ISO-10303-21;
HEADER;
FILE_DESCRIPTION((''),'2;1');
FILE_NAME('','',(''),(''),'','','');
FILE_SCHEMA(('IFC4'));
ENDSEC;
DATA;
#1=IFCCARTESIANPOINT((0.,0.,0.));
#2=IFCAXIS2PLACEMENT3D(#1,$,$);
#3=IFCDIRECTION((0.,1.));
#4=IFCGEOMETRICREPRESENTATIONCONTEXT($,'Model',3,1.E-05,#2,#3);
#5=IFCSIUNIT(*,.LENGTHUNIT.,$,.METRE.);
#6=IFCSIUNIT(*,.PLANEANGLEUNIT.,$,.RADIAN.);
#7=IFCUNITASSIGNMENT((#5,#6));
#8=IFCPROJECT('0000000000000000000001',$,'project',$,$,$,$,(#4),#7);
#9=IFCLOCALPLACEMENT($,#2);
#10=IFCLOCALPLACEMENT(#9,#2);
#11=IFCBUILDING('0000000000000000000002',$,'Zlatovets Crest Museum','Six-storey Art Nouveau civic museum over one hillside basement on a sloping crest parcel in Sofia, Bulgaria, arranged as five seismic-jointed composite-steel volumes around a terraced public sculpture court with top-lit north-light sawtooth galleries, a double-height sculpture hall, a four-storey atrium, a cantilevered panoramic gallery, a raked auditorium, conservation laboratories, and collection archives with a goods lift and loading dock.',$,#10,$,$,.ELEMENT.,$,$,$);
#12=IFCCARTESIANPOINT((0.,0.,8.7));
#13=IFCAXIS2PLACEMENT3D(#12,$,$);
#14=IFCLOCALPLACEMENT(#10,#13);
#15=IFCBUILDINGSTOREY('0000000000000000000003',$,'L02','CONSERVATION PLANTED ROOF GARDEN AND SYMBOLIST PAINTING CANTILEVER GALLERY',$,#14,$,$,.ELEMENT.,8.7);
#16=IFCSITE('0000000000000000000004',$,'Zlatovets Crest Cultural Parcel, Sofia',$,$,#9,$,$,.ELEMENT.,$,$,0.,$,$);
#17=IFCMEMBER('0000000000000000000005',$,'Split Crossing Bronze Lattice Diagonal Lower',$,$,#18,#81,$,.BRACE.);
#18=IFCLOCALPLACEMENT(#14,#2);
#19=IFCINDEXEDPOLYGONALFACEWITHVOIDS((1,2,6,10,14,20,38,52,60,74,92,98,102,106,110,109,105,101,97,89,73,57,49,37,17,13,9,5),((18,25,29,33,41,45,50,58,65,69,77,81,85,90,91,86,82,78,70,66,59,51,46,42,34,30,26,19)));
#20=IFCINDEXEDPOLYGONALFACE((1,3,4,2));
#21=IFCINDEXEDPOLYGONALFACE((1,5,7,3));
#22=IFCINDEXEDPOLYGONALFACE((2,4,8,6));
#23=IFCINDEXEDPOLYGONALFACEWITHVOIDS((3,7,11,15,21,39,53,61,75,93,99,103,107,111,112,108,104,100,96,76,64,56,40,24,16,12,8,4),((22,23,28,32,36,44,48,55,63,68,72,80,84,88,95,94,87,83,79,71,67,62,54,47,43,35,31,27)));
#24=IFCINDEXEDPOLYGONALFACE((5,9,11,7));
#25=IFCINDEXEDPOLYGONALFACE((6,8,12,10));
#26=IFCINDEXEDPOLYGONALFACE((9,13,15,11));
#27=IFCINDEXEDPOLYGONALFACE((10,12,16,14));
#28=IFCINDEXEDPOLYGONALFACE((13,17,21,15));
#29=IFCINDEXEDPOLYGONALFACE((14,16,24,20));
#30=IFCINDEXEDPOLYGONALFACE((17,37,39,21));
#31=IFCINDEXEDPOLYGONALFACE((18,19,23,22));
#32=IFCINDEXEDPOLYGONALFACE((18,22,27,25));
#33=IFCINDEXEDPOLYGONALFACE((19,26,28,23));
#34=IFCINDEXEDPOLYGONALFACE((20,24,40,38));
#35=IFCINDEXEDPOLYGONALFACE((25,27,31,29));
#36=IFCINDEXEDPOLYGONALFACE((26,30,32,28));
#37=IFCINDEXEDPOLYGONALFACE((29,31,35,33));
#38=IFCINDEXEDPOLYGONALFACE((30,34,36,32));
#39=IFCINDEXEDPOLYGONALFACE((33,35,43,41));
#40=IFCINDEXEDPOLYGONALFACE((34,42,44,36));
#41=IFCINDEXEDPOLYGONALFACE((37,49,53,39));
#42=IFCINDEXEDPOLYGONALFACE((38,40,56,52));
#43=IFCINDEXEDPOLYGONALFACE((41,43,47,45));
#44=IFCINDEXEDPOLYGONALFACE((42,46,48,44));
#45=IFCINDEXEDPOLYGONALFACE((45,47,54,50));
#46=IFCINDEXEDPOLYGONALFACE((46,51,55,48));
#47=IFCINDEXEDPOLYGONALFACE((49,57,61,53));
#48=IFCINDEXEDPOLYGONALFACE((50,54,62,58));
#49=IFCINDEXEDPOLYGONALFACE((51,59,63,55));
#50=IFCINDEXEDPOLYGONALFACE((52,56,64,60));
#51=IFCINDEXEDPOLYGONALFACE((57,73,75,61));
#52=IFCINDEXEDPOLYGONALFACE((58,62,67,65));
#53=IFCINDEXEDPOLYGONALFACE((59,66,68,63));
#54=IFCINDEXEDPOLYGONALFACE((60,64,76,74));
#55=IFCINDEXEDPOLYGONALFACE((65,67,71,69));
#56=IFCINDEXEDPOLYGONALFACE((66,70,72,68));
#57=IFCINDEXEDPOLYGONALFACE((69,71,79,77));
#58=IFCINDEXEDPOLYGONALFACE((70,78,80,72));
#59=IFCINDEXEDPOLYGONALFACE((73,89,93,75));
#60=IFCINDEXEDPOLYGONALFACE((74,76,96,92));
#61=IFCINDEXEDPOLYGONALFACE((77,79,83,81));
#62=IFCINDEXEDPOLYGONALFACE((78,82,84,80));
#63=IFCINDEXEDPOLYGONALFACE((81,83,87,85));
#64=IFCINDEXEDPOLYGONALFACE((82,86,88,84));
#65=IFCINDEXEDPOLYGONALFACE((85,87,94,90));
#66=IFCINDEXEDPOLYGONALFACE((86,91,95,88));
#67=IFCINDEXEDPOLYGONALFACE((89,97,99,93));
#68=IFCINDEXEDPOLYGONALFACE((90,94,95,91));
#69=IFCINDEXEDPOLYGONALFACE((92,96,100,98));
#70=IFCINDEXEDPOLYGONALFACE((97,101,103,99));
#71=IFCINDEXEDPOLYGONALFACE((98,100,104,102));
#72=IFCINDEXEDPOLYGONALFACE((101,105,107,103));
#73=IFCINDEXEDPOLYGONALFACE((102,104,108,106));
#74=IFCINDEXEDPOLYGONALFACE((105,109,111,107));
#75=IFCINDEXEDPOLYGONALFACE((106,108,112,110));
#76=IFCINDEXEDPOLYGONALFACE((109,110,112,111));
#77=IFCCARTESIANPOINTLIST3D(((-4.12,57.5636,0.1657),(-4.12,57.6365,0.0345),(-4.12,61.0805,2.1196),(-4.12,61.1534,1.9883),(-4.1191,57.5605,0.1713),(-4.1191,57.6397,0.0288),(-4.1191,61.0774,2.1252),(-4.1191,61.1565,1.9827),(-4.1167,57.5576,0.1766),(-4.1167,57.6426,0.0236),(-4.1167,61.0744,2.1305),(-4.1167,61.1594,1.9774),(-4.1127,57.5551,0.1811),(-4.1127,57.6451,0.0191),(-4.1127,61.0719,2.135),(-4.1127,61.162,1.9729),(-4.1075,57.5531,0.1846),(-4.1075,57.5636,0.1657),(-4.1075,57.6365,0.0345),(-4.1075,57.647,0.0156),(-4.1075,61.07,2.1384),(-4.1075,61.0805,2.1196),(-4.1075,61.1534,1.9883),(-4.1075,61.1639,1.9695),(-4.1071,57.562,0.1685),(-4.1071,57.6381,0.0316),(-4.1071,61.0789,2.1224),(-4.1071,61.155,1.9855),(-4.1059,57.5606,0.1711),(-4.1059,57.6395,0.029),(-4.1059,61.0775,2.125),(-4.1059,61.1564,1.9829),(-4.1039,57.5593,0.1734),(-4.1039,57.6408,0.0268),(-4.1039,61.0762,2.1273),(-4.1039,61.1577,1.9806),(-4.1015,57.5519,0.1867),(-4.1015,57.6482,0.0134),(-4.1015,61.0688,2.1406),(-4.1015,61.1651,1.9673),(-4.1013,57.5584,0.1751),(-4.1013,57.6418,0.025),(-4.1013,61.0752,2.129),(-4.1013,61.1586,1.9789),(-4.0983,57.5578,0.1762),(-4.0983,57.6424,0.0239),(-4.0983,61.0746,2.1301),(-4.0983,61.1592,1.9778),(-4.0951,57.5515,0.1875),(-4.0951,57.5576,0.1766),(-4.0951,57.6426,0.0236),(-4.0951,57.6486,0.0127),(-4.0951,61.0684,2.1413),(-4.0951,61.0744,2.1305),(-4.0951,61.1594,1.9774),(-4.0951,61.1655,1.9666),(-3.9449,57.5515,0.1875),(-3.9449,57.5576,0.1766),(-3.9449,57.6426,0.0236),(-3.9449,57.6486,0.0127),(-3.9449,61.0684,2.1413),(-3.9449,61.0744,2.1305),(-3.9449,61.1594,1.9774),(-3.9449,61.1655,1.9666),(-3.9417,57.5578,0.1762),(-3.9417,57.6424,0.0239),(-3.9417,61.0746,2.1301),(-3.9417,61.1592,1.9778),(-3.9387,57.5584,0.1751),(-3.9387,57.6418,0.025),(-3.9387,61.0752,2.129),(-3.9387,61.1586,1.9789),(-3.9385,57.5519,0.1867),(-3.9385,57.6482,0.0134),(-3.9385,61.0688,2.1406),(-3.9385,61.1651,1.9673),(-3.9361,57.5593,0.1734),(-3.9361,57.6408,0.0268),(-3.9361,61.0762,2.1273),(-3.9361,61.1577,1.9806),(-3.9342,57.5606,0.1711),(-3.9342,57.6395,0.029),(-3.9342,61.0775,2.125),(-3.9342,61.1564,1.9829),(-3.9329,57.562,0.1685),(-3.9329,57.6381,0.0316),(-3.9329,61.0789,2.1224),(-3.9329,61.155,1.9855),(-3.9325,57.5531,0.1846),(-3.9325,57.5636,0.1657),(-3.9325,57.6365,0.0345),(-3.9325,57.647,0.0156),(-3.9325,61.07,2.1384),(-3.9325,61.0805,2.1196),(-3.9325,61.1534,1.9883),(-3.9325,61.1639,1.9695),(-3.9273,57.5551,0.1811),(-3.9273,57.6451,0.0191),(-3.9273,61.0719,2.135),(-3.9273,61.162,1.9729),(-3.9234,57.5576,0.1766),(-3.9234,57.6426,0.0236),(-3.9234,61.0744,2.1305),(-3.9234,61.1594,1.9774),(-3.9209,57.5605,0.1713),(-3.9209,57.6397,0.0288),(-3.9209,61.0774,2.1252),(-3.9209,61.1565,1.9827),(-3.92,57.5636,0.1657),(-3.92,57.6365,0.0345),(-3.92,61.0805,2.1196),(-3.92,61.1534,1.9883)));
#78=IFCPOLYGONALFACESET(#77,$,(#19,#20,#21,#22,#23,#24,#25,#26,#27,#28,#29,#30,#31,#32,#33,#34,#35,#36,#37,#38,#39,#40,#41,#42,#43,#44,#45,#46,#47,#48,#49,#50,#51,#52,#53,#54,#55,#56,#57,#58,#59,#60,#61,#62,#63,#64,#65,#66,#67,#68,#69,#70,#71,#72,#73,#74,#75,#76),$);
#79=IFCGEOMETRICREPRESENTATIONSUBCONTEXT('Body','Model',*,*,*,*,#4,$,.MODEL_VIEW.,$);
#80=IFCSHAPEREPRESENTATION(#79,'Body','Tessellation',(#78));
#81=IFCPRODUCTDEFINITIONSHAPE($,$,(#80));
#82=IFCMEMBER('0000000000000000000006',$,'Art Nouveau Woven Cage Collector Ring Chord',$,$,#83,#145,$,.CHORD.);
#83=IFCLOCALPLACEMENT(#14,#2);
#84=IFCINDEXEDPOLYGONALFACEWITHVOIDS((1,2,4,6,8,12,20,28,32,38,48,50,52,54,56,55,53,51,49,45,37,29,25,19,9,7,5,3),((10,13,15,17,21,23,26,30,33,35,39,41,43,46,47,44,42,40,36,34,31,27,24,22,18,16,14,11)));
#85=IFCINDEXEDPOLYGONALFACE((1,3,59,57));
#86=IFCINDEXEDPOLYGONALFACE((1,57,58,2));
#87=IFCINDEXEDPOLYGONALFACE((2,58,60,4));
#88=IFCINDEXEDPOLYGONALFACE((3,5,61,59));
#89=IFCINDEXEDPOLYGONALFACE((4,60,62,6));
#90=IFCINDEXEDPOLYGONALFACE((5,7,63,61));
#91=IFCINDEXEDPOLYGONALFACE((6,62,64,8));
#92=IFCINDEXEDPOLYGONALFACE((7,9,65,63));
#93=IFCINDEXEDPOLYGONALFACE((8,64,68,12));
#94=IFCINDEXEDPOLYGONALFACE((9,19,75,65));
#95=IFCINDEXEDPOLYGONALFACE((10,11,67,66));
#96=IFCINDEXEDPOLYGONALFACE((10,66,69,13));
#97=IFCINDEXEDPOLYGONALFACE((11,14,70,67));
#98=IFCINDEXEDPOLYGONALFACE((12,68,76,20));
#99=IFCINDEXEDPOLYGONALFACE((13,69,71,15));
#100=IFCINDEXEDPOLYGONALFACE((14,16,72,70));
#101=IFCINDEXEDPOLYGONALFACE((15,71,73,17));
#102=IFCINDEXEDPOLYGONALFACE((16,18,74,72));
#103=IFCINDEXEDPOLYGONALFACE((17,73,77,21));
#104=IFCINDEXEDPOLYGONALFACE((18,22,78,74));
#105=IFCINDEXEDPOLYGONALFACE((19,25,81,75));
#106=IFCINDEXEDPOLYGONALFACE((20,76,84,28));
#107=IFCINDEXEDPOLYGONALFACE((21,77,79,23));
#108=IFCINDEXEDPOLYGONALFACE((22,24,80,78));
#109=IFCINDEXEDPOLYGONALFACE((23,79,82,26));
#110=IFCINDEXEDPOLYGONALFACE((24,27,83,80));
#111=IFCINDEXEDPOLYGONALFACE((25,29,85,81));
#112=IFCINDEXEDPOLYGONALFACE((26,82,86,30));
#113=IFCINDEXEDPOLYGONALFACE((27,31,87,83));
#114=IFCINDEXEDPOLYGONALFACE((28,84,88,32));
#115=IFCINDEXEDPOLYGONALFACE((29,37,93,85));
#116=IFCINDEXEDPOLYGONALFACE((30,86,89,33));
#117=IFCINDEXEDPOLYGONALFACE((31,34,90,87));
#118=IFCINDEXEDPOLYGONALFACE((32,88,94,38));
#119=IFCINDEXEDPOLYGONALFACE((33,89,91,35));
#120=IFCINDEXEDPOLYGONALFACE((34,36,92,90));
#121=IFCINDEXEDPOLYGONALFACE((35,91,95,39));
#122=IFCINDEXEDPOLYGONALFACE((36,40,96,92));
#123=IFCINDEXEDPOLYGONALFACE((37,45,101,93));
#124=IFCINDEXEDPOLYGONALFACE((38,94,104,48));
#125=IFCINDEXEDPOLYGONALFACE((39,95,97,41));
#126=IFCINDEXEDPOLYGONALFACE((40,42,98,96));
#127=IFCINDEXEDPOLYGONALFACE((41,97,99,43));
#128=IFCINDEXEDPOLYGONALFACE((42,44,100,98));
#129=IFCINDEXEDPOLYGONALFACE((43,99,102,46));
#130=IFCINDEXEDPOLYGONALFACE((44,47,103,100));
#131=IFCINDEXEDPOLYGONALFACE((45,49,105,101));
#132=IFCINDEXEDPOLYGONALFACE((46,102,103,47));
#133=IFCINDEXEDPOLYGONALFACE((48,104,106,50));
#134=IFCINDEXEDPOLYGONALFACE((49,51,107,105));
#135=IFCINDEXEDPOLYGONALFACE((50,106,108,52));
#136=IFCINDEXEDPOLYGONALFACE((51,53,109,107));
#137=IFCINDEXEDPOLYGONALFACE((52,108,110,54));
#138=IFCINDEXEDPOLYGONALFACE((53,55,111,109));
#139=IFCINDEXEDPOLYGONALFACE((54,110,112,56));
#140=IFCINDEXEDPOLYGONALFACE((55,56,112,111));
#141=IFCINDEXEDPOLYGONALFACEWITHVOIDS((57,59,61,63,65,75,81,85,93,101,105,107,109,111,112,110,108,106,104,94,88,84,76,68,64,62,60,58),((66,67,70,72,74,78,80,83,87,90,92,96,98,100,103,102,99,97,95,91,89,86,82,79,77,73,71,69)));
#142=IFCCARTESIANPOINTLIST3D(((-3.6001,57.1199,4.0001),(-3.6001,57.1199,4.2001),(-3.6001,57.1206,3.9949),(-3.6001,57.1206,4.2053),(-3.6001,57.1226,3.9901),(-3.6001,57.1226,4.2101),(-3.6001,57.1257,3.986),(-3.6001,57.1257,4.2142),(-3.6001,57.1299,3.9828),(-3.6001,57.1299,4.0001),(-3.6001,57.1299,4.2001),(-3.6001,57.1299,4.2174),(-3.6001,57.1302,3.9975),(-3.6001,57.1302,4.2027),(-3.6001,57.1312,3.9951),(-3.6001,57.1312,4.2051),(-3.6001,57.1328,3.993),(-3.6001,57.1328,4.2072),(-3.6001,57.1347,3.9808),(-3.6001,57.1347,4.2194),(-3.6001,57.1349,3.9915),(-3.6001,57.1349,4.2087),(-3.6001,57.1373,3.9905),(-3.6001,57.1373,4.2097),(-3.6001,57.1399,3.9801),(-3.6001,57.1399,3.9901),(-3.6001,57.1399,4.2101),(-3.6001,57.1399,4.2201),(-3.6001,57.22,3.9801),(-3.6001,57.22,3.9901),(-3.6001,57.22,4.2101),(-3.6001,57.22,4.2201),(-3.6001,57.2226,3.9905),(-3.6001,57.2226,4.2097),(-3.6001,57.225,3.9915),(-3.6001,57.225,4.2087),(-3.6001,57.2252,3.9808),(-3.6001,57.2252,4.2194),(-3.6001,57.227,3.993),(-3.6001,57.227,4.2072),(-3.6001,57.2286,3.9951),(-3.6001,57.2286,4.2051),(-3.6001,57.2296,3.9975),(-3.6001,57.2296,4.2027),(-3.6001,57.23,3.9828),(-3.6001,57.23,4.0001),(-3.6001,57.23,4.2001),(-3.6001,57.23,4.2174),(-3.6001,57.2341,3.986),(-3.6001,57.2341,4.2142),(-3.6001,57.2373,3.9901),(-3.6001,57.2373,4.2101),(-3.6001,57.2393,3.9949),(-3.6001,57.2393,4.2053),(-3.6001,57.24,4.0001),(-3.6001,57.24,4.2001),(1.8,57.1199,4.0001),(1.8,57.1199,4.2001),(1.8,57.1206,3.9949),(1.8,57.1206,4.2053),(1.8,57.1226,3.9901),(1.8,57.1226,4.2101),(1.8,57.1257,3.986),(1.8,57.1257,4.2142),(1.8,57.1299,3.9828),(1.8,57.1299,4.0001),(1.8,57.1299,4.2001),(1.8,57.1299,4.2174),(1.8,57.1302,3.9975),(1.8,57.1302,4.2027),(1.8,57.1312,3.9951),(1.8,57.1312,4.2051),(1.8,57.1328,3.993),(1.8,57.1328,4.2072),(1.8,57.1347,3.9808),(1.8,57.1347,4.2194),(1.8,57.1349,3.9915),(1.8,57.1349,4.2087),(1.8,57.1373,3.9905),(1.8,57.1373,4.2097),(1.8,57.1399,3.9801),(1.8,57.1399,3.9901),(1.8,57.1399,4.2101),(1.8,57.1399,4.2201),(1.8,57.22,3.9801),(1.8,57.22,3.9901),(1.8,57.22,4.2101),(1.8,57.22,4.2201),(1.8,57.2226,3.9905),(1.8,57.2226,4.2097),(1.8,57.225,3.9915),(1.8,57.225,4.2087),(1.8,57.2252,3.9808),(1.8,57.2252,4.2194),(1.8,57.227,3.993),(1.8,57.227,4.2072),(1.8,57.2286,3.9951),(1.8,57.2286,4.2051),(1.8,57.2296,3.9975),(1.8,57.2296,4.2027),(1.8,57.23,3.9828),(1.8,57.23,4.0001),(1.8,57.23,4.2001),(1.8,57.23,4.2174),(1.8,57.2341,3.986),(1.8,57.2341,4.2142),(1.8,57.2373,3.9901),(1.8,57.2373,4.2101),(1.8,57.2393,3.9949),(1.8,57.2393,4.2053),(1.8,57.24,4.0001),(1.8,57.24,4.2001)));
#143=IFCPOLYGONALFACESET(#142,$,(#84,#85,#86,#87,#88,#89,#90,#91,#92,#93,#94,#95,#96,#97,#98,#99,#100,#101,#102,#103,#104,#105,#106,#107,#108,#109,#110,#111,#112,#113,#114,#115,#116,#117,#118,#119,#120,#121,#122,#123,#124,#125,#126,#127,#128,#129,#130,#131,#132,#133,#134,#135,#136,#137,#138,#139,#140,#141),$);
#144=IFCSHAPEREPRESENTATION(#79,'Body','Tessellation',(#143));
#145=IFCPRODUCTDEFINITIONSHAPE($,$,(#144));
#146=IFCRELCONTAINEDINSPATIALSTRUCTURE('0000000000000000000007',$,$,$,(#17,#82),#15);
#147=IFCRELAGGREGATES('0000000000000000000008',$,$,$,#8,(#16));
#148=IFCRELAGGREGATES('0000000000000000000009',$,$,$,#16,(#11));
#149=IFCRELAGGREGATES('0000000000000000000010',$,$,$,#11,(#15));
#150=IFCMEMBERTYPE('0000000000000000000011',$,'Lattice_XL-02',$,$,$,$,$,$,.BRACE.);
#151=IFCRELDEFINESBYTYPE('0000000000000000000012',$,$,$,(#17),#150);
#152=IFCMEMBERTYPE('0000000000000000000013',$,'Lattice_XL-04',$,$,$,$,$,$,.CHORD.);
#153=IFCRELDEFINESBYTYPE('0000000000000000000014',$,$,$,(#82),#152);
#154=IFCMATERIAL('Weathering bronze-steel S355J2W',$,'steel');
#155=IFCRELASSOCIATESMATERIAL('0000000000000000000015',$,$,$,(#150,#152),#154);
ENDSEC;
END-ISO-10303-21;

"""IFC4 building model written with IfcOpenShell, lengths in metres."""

from ifc_helpers import new_model, si_unit, direction, frame, origin, origin_2d, place, context, subcontext, project, spatial, hollow_rectangle, extrude, material, material_profile, profile_set, type_object, element, save


model = new_model("IFC4")

# Units and contexts
model_context = context("Model", 3, precision=1e-05, world=origin(), true_north=direction((0.0, 1.0)))
body_context = subcontext(model_context, "Body", "Model", "MODEL_VIEW")
ifc_project = project(units=[si_unit("LENGTHUNIT", "METRE"), si_unit("PLANEANGLEUNIT", "RADIAN")], contexts=[model_context])

# Site, building, storey
site_placement = place(None, origin())
site = spatial("IfcSite", under=ifc_project, at=site_placement, Name="Zlatovets Crest Cultural Parcel, Sofia", CompositionType="ELEMENT", RefElevation=0.0)
building_placement = place(site_placement, origin())
building = spatial("IfcBuilding", under=site, at=building_placement, Name="Zlatovets Crest Museum", Description="Six-storey Art Nouveau civic museum over one hillside basement on a sloping crest parcel in Sofia, Bulgaria, arranged as five seismic-jointed composite-steel volumes around a terraced public sculpture court with top-lit north-light sawtooth galleries, a double-height sculpture hall, a four-storey atrium, a cantilevered panoramic gallery, a raked auditorium, conservation laboratories, and collection archives with a goods lift and loading dock.", CompositionType="ELEMENT")
storey_placement = place(building_placement, frame((0.0, 0.0, 8.7)))
storey = spatial("IfcBuildingStorey", under=building, at=storey_placement, Name="L02", Description="CONSERVATION PLANTED ROOF GARDEN AND SYMBOLIST PAINTING CANTILEVER GALLERY", CompositionType="ELEMENT", Elevation=8.7)

# Members
ifc_material_1 = material(Name="Weathering bronze-steel S355J2W", Category="steel")
ifc_material_profile_1 = material_profile(ifc_material_1, hollow_rectangle(XDim=0.2, YDim=0.2, WallThickness=0.0125, InnerFilletRadius=0.0125, OuterFilletRadius=0.0249, at=origin_2d()), Name="SHS 200x200x12.5")
ifc_profile_set_1 = profile_set([ifc_material_profile_1], Name="Weathering bronze-steel S355J2W")
member_type_1 = type_object("IfcMemberType", Name="Lattice_XL-02", PredefinedType="BRACE", material=ifc_profile_set_1)
member_1_placement = place(storey_placement, frame((-4.02, 61.1169, 2.054), z_axis=(0.0, -0.874152, -0.485653), x_axis=(1.0, 0.0, 0.0)))
element("IfcMember", 1, at=member_1_placement, inside=storey, type_object=member_type_1, Name="Split Crossing Bronze Lattice Diagonal Lower", PredefinedType="BRACE", context=body_context, shape_type="SweptSolid", body=[
    extrude(hollow_rectangle(XDim=0.2, YDim=0.2, WallThickness=0.0125, InnerFilletRadius=0.0125, OuterFilletRadius=0.0249, at=origin_2d()), origin(), (0.0, 0.0, 1.0), 4.0232),
])
ifc_material_profile_2 = material_profile(ifc_material_1, hollow_rectangle(XDim=0.1201, YDim=0.24, WallThickness=0.01, InnerFilletRadius=0.01, OuterFilletRadius=0.02, at=origin_2d()), Name="RHS 120x240x10.0")
ifc_profile_set_2 = profile_set([ifc_material_profile_2], Name="Weathering bronze-steel S355J2W")
member_type_2 = type_object("IfcMemberType", Name="Lattice_XL-04", PredefinedType="CHORD", material=ifc_profile_set_2)
member_2_placement = place(storey_placement, frame((-3.6001, 57.1799, 4.1001), z_axis=(1.0, 0.0, 0.0), x_axis=(0.0, 1.0, 0.0)))
element("IfcMember", 2, at=member_2_placement, inside=storey, type_object=member_type_2, Name="Art Nouveau Woven Cage Collector Ring Chord", PredefinedType="CHORD", context=body_context, shape_type="SweptSolid", body=[
    extrude(hollow_rectangle(XDim=0.1201, YDim=0.24, WallThickness=0.01, InnerFilletRadius=0.01, OuterFilletRadius=0.02, at=origin_2d()), origin(), (0.0, 0.0, 1.0), 5.4001),
])

save(model, "model.ifc")
